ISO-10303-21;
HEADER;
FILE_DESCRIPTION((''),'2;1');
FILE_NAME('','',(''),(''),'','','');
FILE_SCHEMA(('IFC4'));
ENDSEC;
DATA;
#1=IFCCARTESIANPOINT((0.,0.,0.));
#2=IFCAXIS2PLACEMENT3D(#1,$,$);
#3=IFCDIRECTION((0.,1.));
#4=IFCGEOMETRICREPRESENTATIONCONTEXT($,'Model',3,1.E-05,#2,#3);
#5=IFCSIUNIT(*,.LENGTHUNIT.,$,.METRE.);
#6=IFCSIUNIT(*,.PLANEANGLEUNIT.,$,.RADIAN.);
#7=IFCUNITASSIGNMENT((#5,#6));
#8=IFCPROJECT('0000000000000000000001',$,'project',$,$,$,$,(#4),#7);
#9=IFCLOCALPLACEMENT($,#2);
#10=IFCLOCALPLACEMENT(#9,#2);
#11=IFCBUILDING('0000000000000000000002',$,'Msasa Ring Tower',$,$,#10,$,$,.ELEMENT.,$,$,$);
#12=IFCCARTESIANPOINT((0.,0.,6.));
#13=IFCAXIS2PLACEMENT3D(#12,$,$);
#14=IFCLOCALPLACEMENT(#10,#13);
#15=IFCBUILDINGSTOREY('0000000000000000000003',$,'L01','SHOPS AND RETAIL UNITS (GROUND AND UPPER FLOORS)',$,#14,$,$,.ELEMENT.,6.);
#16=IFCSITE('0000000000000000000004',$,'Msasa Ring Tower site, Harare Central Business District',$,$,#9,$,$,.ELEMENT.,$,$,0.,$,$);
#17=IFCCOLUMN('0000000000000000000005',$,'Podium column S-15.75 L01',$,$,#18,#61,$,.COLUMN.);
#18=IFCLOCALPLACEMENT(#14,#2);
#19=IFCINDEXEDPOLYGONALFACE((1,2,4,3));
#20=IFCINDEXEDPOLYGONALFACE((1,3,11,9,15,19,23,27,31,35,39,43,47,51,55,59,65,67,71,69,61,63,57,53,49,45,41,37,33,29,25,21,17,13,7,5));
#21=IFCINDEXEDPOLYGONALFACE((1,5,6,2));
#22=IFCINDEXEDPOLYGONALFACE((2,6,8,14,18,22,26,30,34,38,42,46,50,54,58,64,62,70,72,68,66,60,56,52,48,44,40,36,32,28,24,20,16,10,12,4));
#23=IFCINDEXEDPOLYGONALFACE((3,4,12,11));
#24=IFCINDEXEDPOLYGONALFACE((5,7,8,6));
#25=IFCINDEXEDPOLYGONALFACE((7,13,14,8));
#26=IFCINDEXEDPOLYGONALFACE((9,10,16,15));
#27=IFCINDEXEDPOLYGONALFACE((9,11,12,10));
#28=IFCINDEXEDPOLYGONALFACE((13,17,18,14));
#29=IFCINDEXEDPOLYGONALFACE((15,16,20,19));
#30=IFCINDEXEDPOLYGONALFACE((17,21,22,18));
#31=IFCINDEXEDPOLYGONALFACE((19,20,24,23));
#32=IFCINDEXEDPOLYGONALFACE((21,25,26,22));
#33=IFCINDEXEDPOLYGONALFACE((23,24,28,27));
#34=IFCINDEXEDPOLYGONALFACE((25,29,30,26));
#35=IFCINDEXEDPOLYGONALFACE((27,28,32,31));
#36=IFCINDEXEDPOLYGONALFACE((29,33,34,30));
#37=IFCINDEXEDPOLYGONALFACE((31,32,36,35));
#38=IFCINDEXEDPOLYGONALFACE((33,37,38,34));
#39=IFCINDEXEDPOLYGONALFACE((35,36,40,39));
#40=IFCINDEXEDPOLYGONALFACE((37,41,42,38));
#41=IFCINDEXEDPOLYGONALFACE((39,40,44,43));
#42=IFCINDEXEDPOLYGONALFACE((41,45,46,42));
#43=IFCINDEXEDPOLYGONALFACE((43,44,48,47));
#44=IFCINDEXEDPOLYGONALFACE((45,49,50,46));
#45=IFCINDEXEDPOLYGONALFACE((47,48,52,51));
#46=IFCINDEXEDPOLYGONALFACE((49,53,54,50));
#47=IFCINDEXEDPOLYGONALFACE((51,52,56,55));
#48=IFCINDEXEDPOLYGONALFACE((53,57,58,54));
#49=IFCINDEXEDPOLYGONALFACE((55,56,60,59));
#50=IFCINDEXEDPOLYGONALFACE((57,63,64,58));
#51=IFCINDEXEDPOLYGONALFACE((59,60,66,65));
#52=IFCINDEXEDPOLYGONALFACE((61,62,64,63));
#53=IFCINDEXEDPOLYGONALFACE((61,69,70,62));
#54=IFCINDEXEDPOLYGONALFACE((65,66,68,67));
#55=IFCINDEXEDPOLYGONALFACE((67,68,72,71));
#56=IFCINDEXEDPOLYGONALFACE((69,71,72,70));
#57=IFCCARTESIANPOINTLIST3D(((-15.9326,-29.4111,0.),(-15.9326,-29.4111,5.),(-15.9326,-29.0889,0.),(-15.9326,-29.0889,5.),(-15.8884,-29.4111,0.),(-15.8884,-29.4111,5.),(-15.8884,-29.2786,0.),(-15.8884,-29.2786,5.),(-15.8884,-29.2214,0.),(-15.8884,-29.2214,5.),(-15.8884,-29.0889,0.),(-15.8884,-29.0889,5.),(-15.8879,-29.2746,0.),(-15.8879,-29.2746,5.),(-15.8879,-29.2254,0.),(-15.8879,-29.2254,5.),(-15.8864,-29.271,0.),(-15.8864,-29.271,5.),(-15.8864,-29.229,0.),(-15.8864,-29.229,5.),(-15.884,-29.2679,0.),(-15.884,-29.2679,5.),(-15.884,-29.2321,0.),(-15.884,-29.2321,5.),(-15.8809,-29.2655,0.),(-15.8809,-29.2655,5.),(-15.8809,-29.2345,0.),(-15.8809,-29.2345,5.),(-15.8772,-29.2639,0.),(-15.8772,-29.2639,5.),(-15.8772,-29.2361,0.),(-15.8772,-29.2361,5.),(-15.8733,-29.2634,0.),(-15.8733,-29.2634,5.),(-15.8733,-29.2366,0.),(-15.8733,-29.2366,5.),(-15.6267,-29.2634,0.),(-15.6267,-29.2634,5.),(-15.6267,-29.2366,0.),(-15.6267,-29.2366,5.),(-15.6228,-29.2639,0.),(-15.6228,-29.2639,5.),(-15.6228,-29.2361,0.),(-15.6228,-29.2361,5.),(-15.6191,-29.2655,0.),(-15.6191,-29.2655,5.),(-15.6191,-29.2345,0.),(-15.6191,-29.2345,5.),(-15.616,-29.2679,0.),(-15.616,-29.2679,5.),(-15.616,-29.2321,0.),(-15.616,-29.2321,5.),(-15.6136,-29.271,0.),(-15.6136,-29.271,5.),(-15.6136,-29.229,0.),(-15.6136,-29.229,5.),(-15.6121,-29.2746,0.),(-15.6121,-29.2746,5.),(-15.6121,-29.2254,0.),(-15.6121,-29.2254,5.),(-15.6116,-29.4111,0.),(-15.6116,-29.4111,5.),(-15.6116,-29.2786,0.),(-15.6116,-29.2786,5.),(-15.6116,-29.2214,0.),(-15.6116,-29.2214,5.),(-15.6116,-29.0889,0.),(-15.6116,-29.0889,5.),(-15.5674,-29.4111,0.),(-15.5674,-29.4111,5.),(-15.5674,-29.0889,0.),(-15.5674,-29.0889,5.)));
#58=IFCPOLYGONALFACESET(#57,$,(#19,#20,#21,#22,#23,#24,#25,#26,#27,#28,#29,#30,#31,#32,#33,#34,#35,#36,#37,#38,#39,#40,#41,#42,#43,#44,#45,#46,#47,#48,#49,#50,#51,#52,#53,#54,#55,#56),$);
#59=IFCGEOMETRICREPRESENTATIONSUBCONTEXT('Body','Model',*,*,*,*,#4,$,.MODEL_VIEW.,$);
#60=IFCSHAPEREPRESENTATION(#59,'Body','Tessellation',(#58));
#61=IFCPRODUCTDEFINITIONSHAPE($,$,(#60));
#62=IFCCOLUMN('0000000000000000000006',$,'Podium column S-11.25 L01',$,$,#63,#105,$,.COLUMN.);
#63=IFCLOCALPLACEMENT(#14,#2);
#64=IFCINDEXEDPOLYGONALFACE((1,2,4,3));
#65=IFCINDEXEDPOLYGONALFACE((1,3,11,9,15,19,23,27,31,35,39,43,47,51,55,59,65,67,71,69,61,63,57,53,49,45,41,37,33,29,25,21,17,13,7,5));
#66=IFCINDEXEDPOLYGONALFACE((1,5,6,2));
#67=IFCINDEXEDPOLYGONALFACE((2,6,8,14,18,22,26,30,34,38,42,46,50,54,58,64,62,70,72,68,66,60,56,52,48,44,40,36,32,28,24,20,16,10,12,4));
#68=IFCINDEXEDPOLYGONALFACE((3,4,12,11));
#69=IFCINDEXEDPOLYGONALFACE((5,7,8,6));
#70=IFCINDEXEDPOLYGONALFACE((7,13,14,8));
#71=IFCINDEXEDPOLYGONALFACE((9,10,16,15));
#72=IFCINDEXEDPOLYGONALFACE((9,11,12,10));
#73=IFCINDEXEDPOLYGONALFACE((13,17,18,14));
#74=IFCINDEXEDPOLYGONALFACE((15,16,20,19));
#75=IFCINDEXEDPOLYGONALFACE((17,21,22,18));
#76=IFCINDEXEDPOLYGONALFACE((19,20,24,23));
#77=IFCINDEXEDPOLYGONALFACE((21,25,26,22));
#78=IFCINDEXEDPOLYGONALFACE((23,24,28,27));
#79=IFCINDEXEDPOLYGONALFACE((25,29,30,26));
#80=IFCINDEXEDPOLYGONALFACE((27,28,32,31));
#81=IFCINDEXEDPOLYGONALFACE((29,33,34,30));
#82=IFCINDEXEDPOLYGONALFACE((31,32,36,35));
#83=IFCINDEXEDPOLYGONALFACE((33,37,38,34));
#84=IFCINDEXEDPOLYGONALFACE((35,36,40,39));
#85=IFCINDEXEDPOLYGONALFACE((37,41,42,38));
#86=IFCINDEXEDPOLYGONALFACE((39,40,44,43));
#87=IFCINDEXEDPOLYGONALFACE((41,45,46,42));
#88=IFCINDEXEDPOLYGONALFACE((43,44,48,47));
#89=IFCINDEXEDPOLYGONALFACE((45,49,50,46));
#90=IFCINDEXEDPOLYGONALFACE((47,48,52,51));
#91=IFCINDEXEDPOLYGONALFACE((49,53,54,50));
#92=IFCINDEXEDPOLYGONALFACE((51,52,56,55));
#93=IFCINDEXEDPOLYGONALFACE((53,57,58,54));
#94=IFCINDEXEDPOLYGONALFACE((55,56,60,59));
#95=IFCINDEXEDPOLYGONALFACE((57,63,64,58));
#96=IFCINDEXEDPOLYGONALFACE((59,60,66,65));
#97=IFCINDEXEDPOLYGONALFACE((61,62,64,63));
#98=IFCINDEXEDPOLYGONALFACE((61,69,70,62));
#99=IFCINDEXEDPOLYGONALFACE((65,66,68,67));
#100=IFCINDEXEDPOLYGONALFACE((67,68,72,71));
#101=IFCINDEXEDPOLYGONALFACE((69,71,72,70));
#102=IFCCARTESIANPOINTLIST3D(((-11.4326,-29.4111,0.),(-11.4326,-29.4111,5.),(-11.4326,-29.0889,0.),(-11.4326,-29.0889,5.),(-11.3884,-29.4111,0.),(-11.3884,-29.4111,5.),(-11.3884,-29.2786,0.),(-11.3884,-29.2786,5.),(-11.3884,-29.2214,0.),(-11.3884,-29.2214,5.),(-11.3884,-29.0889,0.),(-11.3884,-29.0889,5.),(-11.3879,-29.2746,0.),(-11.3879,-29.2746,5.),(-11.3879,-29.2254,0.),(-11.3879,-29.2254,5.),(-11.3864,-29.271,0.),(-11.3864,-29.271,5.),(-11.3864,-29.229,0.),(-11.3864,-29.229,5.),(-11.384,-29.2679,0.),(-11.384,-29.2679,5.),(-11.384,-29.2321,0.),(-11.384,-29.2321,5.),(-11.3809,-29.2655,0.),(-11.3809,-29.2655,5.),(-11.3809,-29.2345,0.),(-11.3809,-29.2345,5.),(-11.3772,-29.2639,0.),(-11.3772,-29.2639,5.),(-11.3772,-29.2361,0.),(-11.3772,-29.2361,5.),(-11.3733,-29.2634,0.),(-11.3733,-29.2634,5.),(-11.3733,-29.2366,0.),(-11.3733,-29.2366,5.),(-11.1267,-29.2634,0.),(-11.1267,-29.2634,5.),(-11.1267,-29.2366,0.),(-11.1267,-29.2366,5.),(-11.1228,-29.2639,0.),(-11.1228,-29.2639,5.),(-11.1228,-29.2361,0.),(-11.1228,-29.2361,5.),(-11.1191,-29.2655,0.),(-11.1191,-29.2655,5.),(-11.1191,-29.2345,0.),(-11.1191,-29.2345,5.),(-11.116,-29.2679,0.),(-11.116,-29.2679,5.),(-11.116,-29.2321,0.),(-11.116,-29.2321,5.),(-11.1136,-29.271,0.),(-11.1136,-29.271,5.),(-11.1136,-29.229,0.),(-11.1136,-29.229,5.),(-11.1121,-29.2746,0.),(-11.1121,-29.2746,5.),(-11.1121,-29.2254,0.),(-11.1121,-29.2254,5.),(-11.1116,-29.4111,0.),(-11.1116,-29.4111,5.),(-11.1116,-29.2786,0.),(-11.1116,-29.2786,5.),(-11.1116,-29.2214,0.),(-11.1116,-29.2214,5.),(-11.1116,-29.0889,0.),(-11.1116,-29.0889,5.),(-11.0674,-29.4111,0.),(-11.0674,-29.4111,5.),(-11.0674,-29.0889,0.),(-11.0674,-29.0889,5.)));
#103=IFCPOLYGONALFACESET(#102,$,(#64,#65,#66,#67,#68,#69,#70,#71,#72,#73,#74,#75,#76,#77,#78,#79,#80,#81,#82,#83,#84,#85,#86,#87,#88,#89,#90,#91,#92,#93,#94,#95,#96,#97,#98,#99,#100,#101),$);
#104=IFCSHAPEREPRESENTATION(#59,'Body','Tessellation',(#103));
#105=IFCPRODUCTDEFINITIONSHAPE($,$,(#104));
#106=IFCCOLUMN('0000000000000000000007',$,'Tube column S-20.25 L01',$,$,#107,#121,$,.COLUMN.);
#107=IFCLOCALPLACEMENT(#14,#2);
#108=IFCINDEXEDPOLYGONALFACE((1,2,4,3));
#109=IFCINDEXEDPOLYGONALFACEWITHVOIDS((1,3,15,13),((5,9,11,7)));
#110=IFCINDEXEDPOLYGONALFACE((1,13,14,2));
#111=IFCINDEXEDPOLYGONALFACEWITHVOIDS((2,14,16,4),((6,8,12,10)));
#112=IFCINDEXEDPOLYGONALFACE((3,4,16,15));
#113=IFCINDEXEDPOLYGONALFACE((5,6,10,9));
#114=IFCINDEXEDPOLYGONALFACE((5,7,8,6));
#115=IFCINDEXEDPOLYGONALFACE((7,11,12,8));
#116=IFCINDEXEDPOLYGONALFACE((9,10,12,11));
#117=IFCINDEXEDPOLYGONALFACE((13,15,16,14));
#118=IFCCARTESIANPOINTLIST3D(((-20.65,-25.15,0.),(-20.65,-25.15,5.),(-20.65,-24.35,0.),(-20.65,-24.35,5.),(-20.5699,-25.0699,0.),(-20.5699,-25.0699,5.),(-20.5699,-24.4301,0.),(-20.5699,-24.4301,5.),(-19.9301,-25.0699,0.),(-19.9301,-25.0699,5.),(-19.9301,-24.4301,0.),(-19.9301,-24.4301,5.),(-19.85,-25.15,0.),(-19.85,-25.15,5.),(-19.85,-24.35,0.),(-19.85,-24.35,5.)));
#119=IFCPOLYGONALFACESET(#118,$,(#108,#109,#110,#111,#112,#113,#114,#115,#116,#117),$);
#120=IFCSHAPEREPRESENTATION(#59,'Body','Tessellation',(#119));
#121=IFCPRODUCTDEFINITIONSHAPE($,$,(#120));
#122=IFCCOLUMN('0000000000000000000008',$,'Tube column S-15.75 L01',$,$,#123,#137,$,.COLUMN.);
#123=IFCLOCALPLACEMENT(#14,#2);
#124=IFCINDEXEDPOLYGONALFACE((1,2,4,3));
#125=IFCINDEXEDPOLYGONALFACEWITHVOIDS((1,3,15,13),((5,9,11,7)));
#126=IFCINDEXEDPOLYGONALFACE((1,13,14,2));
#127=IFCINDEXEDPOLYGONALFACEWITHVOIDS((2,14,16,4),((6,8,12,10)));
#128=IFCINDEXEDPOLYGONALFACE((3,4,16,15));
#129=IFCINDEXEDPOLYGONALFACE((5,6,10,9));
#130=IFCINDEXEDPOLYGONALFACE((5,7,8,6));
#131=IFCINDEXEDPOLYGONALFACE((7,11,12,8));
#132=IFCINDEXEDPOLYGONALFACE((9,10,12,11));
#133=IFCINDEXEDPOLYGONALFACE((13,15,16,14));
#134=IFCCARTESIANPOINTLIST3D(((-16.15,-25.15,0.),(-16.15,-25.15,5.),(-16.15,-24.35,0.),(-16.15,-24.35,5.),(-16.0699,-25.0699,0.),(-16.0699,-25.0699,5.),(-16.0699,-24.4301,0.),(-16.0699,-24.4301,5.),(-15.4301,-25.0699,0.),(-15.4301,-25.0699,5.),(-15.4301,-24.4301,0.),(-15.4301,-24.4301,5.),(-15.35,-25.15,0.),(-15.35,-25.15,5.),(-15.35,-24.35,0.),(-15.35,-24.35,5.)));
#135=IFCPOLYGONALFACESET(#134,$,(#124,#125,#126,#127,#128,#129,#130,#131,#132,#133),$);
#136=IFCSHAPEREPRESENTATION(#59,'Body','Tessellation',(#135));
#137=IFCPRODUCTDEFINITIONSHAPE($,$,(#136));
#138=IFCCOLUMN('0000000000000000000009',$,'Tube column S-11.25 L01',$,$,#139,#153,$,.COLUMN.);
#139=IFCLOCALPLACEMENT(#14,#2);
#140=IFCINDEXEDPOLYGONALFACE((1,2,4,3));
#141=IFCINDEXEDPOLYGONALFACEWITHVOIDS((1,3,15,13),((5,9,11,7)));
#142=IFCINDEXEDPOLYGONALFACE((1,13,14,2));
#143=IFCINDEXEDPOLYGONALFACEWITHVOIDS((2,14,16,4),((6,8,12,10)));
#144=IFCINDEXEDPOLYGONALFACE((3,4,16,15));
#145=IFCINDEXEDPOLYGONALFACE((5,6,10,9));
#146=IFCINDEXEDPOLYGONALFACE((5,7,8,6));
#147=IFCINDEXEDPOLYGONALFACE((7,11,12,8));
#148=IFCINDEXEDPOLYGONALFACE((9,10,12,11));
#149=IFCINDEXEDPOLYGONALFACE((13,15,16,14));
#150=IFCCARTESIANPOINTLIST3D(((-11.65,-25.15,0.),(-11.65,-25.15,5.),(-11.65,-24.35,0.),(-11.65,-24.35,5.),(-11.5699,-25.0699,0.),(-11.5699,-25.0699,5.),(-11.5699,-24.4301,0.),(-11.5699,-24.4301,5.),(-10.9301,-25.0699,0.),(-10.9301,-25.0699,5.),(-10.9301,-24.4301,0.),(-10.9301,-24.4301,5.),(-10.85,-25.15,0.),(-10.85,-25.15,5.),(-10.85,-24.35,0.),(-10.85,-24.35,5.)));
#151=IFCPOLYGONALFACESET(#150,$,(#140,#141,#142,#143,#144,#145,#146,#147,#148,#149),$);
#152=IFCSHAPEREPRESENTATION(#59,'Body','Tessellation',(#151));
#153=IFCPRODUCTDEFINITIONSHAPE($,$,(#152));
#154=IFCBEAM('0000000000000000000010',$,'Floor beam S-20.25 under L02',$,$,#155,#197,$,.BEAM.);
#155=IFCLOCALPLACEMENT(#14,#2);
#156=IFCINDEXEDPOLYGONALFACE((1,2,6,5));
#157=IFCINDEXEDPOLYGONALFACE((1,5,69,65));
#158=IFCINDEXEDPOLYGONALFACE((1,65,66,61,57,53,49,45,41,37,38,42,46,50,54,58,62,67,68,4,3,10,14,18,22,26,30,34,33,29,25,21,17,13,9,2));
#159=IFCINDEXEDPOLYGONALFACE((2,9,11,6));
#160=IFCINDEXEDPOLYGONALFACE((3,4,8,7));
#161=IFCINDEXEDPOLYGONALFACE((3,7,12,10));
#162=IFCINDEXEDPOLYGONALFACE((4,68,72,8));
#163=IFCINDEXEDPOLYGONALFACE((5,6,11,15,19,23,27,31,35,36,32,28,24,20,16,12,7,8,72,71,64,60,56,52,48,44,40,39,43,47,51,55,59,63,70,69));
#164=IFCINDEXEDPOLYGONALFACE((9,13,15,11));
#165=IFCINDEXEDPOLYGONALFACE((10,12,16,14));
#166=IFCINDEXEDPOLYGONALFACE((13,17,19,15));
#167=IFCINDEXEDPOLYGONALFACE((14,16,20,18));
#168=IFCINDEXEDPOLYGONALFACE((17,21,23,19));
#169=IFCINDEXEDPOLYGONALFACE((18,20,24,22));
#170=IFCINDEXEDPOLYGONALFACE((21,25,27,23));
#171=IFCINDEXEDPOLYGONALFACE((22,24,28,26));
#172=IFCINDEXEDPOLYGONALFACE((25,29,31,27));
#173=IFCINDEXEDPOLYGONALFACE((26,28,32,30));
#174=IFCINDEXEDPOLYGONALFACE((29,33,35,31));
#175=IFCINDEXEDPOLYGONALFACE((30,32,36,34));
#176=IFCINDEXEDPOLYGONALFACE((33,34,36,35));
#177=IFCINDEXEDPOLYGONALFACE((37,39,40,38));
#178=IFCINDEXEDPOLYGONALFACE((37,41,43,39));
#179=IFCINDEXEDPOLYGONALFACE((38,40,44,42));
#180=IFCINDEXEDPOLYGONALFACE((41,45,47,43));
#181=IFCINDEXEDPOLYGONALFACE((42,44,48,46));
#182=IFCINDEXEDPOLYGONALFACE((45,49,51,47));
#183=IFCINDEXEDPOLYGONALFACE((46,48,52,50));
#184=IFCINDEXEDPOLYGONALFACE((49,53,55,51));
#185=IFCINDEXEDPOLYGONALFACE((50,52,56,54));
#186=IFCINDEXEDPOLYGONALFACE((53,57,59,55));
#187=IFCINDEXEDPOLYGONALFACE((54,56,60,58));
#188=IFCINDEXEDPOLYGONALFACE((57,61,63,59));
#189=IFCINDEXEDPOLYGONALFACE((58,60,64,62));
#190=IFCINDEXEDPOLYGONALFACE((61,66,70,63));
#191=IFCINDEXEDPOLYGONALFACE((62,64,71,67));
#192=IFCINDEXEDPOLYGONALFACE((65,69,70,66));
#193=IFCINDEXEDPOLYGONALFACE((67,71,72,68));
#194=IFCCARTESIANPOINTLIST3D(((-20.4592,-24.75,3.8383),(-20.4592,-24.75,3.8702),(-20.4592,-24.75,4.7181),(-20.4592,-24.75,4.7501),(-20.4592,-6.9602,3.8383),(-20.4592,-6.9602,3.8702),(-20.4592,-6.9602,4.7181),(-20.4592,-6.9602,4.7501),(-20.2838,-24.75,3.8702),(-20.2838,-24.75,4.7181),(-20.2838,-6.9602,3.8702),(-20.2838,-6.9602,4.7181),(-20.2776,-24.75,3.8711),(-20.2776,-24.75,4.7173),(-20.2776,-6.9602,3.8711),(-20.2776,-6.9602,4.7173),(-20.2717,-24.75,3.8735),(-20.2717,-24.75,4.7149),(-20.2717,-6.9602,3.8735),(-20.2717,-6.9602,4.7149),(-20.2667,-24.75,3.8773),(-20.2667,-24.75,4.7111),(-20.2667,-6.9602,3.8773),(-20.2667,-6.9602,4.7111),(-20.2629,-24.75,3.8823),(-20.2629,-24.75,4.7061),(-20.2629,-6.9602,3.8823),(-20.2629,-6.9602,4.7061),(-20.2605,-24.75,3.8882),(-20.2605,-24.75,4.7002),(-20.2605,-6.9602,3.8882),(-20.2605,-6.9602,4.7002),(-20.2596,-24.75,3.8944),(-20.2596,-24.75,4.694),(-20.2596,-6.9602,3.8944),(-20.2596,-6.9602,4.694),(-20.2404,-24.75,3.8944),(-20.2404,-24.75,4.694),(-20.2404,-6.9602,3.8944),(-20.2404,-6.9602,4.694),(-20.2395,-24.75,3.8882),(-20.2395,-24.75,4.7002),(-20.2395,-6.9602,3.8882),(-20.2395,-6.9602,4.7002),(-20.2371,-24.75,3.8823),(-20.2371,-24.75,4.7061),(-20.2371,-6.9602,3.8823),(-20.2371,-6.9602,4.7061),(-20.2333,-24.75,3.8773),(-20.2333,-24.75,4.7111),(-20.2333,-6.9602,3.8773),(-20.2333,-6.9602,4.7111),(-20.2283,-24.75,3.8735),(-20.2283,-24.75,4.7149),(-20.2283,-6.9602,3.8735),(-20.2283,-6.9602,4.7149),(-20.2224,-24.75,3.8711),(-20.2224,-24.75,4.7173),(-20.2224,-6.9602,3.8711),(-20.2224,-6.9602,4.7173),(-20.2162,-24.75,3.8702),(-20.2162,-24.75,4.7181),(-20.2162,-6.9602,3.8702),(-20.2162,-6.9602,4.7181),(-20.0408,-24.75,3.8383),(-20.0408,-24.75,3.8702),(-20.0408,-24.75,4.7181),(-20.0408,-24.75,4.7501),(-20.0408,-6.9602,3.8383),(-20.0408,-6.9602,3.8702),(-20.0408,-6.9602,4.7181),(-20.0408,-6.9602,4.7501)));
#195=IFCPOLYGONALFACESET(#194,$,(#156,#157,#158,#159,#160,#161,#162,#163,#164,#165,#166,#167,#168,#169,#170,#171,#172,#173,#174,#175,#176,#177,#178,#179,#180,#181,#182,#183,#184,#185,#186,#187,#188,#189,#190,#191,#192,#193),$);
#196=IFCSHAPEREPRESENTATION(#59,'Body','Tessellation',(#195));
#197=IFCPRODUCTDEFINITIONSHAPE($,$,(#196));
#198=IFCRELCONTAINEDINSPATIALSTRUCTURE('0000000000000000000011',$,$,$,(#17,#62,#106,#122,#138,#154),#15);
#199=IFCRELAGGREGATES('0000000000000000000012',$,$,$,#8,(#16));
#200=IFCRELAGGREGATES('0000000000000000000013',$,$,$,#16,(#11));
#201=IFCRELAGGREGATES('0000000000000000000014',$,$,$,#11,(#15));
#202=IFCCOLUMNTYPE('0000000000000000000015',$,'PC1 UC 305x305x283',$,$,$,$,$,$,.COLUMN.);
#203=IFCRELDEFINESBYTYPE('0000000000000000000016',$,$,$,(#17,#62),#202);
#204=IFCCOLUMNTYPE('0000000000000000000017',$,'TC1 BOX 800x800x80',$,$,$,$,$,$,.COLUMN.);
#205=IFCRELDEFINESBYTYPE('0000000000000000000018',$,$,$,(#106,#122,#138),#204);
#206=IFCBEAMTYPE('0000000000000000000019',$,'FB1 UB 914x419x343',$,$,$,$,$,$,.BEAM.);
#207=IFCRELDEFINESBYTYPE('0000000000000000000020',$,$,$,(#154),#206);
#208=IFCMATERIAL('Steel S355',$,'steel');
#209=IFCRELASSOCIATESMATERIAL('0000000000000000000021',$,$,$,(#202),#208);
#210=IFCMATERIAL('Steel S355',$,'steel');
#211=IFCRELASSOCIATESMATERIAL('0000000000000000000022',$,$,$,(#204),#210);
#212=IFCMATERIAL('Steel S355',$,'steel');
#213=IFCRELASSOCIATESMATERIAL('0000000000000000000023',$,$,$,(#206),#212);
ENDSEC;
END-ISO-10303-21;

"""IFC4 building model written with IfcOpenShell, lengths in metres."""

from ifc_helpers import new_model, si_unit, direction, frame, origin, origin_2d, place, context, subcontext, project, spatial, hollow_rectangle, i_section, extrude, material, material_profile, profile_set, type_object, element, save


model = new_model("IFC4")

# Units and contexts
model_context = context("Model", 3, precision=1e-05, world=origin(), true_north=direction((0.0, 1.0)))
body_context = subcontext(model_context, "Body", "Model", "MODEL_VIEW")
ifc_project = project(units=[si_unit("LENGTHUNIT", "METRE"), si_unit("PLANEANGLEUNIT", "RADIAN")], contexts=[model_context])

# Site, building, storey
site_placement = place(None, origin())
site = spatial("IfcSite", under=ifc_project, at=site_placement, Name="Msasa Ring Tower site, Harare Central Business District", CompositionType="ELEMENT", RefElevation=0.0)
building_placement = place(site_placement, origin())
building = spatial("IfcBuilding", under=site, at=building_placement, Name="Msasa Ring Tower", CompositionType="ELEMENT")
storey_placement = place(building_placement, frame((0.0, 0.0, 6.0)))
storey = spatial("IfcBuildingStorey", under=building, at=storey_placement, Name="L01", Description="SHOPS AND RETAIL UNITS (GROUND AND UPPER FLOORS)", CompositionType="ELEMENT", Elevation=6.0)

# Columns
ifc_material_1 = material(Name="Steel S355", Category="steel")
ifc_material_profile_1 = material_profile(ifc_material_1, i_section(OverallWidth=0.3223, OverallDepth=0.3652, WebThickness=0.0269, FlangeThickness=0.0442, FilletRadius=0.0151, at=origin_2d()), Name="UC 305x305x283")
ifc_profile_set_1 = profile_set([ifc_material_profile_1], Name="Steel S355")
column_type_1 = type_object("IfcColumnType", Name="PC1 UC 305x305x283", PredefinedType="COLUMN", material=ifc_profile_set_1)
for number, where, z_axis, x_axis, name in (
    (1, (-15.75, -29.25, 0.0), (0.0, 0.0, 1.0), (0.0, 1.0, 0.0), "Podium column S-15.75 L01"),
    (2, (-11.25, -29.25, 0.0), (0.0, 0.0, 1.0), (0.0, 1.0, 0.0), "Podium column S-11.25 L01"),
):
    element("IfcColumn", number, at=place(storey_placement, frame(where, z_axis=z_axis, x_axis=x_axis)), inside=storey, type_object=column_type_1, Name=name, PredefinedType="COLUMN", context=body_context, shape_type="SweptSolid", body=[
        extrude(i_section(OverallWidth=0.3223, OverallDepth=0.3652, WebThickness=0.0269, FlangeThickness=0.0442, FilletRadius=0.0151, at=origin_2d()), origin(), (0.0, 0.0, 1.0), 5.0),
    ])
ifc_material_2 = material(Name="Steel S355", Category="steel")
ifc_material_profile_2 = material_profile(ifc_material_2, hollow_rectangle(XDim=0.8, YDim=0.8, WallThickness=0.0801, at=origin_2d()), Name="BOX 800x800x80")
ifc_profile_set_2 = profile_set([ifc_material_profile_2], Name="Steel S355")
column_type_2 = type_object("IfcColumnType", Name="TC1 BOX 800x800x80", PredefinedType="COLUMN", material=ifc_profile_set_2)
for number, where, z_axis, x_axis, name in (
    (3, (-20.25, -24.75, 0.0), (0.0, 0.0, 1.0), (0.0, 1.0, 0.0), "Tube column S-20.25 L01"),
    (4, (-15.75, -24.75, 0.0), (0.0, 0.0, 1.0), (0.0, 1.0, 0.0), "Tube column S-15.75 L01"),
    (5, (-11.25, -24.75, 0.0), (0.0, 0.0, 1.0), (0.0, 1.0, 0.0), "Tube column S-11.25 L01"),
):
    element("IfcColumn", number, at=place(storey_placement, frame(where, z_axis=z_axis, x_axis=x_axis)), inside=storey, type_object=column_type_2, Name=name, PredefinedType="COLUMN", context=body_context, shape_type="SweptSolid", body=[
        extrude(hollow_rectangle(XDim=0.8, YDim=0.8, WallThickness=0.0801, at=origin_2d()), origin(), (0.0, 0.0, 1.0), 5.0),
    ])

# Beam
ifc_material_3 = material(Name="Steel S355", Category="steel")
ifc_material_profile_3 = material_profile(ifc_material_3, i_section(OverallWidth=0.4185, OverallDepth=0.9119, WebThickness=0.0193, FlangeThickness=0.032, FilletRadius=0.0242, at=origin_2d()), Name="UB 914x419x343")
ifc_profile_set_3 = profile_set([ifc_material_profile_3], Name="Steel S355")
beam_type_1 = type_object("IfcBeamType", Name="FB1 UB 914x419x343", PredefinedType="BEAM", material=ifc_profile_set_3)
beam_1_placement = place(storey_placement, frame((-20.25, -24.75, 4.2942), z_axis=(0.0, 1.0, 0.0), x_axis=(-1.0, 0.0, 0.0)))
element("IfcBeam", 6, at=beam_1_placement, inside=storey, type_object=beam_type_1, Name="Floor beam S-20.25 under L02", PredefinedType="BEAM", context=body_context, shape_type="SweptSolid", body=[
    extrude(i_section(OverallWidth=0.4185, OverallDepth=0.9119, WebThickness=0.0193, FlangeThickness=0.032, FilletRadius=0.0242, at=origin_2d()), origin(), (0.0, 0.0, 1.0), 17.7898),
])

save(model, "model.ifc")
